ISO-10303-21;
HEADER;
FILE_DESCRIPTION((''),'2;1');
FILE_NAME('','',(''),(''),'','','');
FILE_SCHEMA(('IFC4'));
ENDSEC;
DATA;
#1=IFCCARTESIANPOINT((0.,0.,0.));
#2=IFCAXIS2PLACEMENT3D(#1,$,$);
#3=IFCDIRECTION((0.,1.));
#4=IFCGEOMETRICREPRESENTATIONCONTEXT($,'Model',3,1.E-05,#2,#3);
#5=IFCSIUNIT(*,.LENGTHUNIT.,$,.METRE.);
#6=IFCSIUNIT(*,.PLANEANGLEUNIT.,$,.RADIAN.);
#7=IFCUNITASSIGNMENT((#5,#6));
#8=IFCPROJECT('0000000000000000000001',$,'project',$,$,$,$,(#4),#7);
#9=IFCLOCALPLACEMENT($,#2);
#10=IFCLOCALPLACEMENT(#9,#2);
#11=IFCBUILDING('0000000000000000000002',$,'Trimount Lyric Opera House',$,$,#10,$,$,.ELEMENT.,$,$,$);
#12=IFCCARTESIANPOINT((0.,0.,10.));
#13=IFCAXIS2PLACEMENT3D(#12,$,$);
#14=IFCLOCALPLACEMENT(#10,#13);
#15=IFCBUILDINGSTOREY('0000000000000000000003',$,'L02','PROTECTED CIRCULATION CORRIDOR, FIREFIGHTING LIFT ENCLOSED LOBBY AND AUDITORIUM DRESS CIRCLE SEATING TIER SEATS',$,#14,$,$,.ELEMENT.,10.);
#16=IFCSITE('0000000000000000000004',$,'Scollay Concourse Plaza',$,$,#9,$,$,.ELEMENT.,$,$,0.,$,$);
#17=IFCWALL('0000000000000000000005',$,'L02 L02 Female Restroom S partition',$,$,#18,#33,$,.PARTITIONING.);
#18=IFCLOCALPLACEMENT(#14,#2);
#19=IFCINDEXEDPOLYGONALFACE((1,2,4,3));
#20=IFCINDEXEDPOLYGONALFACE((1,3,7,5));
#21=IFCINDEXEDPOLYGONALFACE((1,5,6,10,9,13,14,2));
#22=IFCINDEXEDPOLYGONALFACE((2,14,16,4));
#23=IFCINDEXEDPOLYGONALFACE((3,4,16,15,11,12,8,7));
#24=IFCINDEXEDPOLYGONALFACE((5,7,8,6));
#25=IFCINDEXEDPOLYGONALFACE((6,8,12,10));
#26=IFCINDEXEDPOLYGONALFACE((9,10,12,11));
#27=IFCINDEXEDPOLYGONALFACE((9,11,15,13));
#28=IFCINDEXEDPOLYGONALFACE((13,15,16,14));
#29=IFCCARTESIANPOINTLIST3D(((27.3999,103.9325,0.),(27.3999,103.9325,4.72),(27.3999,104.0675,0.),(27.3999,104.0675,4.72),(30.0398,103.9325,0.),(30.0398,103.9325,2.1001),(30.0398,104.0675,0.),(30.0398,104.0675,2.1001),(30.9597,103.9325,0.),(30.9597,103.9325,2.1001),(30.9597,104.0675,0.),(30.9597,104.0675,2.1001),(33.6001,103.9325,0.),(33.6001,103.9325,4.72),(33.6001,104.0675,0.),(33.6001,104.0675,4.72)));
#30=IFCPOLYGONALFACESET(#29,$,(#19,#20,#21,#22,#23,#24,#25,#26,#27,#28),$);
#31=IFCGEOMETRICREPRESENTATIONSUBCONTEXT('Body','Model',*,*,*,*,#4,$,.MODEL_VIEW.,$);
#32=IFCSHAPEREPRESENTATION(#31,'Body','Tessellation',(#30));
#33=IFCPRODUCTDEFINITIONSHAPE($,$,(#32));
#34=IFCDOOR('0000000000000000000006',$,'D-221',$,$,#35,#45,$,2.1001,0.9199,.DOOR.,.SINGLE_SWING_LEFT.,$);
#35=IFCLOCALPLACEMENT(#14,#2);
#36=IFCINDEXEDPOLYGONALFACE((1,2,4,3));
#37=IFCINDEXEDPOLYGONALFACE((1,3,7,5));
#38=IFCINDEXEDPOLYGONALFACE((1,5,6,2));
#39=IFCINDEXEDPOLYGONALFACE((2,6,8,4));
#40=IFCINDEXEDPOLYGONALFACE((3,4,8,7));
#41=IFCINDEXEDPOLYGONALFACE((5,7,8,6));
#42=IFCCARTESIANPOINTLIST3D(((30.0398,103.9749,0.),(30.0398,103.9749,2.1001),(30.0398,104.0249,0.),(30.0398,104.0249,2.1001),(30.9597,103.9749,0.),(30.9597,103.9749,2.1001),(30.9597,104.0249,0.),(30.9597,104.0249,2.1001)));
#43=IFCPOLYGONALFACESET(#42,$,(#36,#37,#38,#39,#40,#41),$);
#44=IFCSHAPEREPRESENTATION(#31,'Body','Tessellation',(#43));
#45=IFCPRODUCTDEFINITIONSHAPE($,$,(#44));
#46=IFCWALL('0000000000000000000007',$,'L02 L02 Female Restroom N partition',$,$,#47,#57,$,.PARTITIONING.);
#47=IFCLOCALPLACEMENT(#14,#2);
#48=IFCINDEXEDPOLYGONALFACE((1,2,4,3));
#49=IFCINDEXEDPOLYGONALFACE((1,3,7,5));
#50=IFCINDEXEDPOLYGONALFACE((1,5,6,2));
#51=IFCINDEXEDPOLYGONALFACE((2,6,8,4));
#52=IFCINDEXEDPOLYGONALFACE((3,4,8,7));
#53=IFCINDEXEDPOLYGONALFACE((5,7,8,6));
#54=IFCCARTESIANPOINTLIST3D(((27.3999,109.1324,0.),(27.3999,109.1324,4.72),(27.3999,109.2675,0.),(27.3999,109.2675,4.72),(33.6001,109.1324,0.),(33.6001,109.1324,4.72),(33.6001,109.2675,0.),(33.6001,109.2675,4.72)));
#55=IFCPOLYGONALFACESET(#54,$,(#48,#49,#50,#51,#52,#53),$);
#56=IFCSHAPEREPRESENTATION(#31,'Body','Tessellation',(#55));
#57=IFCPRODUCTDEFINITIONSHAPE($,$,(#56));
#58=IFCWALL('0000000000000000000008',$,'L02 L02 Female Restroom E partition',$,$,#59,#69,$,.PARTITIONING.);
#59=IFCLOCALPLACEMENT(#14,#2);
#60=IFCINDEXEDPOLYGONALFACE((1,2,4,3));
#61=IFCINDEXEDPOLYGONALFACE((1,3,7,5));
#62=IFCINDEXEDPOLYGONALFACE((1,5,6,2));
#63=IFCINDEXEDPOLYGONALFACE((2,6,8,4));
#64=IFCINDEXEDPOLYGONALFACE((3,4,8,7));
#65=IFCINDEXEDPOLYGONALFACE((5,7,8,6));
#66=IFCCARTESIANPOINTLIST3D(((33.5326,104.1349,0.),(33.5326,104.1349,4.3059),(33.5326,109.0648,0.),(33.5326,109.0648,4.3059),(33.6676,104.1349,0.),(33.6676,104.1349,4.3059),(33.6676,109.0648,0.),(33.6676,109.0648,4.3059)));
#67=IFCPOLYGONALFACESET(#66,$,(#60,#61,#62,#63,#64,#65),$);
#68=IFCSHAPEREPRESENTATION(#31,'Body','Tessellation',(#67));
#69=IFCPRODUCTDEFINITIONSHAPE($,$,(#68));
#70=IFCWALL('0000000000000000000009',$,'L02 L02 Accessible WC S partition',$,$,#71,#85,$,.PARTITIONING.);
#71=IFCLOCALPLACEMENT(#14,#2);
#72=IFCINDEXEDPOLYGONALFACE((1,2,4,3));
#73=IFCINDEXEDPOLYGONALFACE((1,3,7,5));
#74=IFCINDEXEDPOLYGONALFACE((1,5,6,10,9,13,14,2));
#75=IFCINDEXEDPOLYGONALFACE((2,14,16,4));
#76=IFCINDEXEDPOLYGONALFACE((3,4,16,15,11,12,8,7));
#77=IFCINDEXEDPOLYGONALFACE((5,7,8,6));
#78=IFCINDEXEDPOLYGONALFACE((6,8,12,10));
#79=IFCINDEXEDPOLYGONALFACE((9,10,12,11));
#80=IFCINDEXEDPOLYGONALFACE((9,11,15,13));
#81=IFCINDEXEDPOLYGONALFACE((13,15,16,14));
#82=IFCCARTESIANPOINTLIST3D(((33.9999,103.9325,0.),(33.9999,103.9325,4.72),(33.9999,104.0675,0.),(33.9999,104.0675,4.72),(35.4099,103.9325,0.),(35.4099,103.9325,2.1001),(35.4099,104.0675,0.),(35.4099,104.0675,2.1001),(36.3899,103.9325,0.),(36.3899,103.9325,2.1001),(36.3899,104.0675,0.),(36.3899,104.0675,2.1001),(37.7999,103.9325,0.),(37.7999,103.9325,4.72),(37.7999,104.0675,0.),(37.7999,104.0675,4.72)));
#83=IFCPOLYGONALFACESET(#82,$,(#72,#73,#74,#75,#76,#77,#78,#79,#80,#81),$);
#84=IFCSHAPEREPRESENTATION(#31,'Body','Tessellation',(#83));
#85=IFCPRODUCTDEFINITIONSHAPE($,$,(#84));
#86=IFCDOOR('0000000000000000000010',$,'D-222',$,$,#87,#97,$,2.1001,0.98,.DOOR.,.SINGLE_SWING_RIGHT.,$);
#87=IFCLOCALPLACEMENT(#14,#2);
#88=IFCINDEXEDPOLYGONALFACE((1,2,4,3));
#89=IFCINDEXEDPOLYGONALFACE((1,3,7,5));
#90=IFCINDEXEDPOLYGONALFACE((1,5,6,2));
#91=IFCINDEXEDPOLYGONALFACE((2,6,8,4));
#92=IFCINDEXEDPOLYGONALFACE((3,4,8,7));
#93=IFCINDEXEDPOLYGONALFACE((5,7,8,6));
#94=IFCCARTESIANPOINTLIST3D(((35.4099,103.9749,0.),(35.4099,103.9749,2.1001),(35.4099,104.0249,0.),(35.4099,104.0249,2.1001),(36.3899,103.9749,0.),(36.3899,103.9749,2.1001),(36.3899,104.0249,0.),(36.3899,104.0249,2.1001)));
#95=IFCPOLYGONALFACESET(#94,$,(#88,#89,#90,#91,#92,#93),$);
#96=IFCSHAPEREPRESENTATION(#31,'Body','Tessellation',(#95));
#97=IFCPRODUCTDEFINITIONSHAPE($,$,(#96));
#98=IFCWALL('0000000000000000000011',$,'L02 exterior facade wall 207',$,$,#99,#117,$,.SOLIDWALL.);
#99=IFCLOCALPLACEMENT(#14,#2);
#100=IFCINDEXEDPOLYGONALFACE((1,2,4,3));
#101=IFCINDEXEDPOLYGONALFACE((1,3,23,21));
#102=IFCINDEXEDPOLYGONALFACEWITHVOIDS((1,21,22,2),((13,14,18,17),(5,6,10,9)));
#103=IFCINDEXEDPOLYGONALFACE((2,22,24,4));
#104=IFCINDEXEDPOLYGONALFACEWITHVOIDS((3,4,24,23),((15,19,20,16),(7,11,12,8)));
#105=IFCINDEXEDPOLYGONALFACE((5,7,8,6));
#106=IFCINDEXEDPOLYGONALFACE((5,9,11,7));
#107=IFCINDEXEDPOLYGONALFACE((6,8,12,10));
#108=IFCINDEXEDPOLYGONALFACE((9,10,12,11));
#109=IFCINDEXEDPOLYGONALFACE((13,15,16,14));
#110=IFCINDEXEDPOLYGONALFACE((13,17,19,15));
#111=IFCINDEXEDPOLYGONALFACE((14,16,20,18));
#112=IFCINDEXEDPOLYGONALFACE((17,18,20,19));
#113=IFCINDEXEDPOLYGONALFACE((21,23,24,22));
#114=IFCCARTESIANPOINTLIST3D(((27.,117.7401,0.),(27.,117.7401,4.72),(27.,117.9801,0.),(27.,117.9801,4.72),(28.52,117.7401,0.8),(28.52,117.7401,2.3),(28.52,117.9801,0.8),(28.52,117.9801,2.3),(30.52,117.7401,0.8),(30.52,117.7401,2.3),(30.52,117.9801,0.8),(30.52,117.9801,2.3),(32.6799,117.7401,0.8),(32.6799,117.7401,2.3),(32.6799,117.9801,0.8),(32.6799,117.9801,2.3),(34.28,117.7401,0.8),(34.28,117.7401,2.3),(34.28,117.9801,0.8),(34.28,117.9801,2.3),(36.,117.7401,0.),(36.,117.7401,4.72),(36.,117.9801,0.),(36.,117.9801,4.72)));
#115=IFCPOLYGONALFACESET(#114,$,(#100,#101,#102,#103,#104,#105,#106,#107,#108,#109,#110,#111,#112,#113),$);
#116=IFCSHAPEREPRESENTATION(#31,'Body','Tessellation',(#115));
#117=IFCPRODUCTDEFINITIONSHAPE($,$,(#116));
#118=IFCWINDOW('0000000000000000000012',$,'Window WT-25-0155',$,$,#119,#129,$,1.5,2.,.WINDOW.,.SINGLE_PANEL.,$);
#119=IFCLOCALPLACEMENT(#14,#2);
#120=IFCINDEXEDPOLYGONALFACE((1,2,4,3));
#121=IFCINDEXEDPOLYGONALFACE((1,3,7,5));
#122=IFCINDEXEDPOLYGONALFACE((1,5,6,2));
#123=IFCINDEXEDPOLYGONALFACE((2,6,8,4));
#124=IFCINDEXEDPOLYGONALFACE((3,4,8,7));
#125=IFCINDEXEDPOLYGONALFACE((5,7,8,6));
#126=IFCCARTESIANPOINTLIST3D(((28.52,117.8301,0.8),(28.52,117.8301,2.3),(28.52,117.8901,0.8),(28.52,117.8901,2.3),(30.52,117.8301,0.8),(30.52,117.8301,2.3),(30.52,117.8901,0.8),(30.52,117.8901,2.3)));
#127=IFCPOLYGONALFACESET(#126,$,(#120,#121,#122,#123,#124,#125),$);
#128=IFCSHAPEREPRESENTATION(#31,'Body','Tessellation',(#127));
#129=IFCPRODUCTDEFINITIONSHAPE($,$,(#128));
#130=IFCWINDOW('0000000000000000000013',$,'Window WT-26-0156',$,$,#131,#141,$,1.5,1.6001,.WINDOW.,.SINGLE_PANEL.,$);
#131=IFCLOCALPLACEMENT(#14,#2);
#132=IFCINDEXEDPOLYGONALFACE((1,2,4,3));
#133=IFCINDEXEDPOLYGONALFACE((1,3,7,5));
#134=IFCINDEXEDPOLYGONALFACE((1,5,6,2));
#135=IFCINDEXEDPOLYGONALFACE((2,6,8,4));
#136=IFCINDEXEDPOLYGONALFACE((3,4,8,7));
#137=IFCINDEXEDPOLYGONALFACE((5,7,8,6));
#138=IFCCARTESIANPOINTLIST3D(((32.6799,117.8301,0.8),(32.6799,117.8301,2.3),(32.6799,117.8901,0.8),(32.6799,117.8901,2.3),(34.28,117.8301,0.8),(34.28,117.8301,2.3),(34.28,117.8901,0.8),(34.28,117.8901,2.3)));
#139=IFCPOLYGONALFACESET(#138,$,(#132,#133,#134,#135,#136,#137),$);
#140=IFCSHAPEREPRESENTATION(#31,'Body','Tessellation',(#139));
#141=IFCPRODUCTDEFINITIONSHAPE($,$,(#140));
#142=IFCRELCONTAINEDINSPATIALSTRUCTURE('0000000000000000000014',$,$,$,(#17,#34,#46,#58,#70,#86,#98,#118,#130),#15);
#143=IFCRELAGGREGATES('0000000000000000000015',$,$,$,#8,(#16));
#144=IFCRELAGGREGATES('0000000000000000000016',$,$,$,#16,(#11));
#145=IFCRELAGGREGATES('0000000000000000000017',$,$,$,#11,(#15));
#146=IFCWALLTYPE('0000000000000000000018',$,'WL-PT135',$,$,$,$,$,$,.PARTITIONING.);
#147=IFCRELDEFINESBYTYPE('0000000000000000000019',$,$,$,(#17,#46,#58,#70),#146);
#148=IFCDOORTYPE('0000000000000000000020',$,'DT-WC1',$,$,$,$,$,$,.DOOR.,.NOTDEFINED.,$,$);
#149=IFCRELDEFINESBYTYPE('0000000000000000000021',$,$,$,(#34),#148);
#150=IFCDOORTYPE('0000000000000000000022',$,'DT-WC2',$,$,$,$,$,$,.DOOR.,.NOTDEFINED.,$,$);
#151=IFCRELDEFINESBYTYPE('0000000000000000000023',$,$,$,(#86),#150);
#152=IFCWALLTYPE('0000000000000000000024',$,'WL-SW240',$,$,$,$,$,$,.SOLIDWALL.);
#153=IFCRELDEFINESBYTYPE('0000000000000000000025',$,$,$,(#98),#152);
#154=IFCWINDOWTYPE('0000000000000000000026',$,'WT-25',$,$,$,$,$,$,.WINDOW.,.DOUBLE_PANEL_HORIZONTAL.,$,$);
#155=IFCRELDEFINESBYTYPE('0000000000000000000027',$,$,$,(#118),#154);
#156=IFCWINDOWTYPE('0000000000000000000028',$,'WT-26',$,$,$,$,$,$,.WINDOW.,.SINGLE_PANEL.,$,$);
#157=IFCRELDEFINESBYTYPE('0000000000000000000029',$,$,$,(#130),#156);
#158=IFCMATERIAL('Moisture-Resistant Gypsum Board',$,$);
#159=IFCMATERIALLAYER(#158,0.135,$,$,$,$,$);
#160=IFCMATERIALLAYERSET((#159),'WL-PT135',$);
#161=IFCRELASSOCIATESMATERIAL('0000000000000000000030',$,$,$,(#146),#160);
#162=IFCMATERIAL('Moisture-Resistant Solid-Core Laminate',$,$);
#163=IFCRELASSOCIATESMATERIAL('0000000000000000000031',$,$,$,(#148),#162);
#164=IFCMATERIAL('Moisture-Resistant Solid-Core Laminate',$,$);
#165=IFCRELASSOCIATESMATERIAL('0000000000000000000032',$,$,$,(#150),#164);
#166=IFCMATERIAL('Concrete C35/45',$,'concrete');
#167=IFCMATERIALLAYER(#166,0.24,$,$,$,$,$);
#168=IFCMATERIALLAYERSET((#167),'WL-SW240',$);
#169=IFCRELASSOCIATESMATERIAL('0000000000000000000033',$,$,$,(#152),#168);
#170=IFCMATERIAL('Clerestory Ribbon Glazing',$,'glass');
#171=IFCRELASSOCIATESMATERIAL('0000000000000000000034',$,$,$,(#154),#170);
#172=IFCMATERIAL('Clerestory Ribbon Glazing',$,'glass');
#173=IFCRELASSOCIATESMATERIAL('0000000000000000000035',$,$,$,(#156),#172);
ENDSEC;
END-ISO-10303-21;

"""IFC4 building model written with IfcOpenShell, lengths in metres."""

from ifc_helpers import new_model, si_unit, direction, frame, frame_2d, origin, place, context, subcontext, project, spatial, rectangle, extrude, material, layer, layer_set, type_object, element, fill, save


model = new_model("IFC4")

# Units and contexts
model_context = context("Model", 3, precision=1e-05, world=origin(), true_north=direction((0.0, 1.0)))
body_context = subcontext(model_context, "Body", "Model", "MODEL_VIEW")
ifc_project = project(units=[si_unit("LENGTHUNIT", "METRE"), si_unit("PLANEANGLEUNIT", "RADIAN")], contexts=[model_context])

# Site, building, storey
site_placement = place(None, origin())
site = spatial("IfcSite", under=ifc_project, at=site_placement, Name="Scollay Concourse Plaza", CompositionType="ELEMENT", RefElevation=0.0)
building_placement = place(site_placement, origin())
building = spatial("IfcBuilding", under=site, at=building_placement, Name="Trimount Lyric Opera House", CompositionType="ELEMENT")
storey_placement = place(building_placement, frame((0.0, 0.0, 10.0)))
storey = spatial("IfcBuildingStorey", under=building, at=storey_placement, Name="L02", Description="PROTECTED CIRCULATION CORRIDOR, FIREFIGHTING LIFT ENCLOSED LOBBY AND AUDITORIUM DRESS CIRCLE SEATING TIER SEATS", CompositionType="ELEMENT", Elevation=10.0)

# Wall, opening, door
ifc_material_1 = material(Name="Moisture-Resistant Gypsum Board")
ifc_layer_1 = layer(ifc_material_1, 0.135)
ifc_layer_set_1 = layer_set([ifc_layer_1], Name="WL-PT135")
wall_type_1 = type_object("IfcWallType", Name="WL-PT135", PredefinedType="PARTITIONING", material=ifc_layer_set_1)
wall_1_placement = place(storey_placement, frame((27.3999, 104.0, 0.0), z_axis=(0.0, 0.0, 1.0), x_axis=(1.0, 0.0, 0.0)))
wall_1 = element("IfcWall", 1, at=wall_1_placement, inside=storey, type_object=wall_type_1, Name="L02 L02 Female Restroom S partition", PredefinedType="PARTITIONING", context=body_context, shape_type="SweptSolid", body=[
    extrude(rectangle(XDim=6.2002, YDim=0.135, at=frame_2d((3.1001, 0.0))), origin(), (0.0, 0.0, 1.0), 4.72),
])
opening_1_placement = place(wall_1_placement, frame((2.6399, 0.0, 0.0)))
opening_1 = element("IfcOpeningElement", 2, at=opening_1_placement, cuts=wall_1, PredefinedType="OPENING", context=body_context, shape_type="SweptSolid", body=[
    extrude(rectangle(XDim=0.9199, YDim=2.1001, at=frame_2d((0.46, 1.05))), frame((0.0, 0.0776, 0.0), z_axis=(0.0, -1.0, 0.0), x_axis=(1.0, 0.0, 0.0)), (0.0, 0.0, 1.0), 0.155),
])
ifc_material_2 = material(Name="Moisture-Resistant Solid-Core Laminate")
door_type_1 = type_object("IfcDoorType", Name="DT-WC1", OperationType="NOTDEFINED", PredefinedType="DOOR", material=ifc_material_2)
door_1_placement = place(opening_1_placement, origin())
door_1 = element("IfcDoor", 3, at=door_1_placement, inside=storey, type_object=door_type_1, Name="D-221", OperationType="SINGLE_SWING_LEFT", OverallHeight=2.1001, OverallWidth=0.9199, PredefinedType="DOOR", context=body_context, shape_type="SweptSolid", body=[
    extrude(rectangle(XDim=0.9199, YDim=2.1001, at=frame_2d((0.46, 1.05))), frame((0.0, 0.0249, 0.0), z_axis=(0.0, -1.0, 0.0), x_axis=(1.0, 0.0, 0.0)), (0.0, 0.0, 1.0), 0.05),
])
fill(opening_1, door_1)

# Walls
wall_2_placement = place(storey_placement, frame((33.6001, 109.2, 0.0), z_axis=(0.0, 0.0, 1.0), x_axis=(-1.0, 0.0, 0.0)))
element("IfcWall", 4, at=wall_2_placement, inside=storey, type_object=wall_type_1, Name="L02 L02 Female Restroom N partition", PredefinedType="PARTITIONING", context=body_context, shape_type="SweptSolid", body=[
    extrude(rectangle(XDim=6.2002, YDim=0.135, at=frame_2d((3.1001, 0.0))), origin(), (0.0, 0.0, 1.0), 4.72),
])
wall_3_placement = place(storey_placement, frame((33.6001, 104.135, 0.0), z_axis=(0.0, 0.0, 1.0), x_axis=(0.0, 1.0, 0.0)))
element("IfcWall", 5, at=wall_3_placement, inside=storey, type_object=wall_type_1, Name="L02 L02 Female Restroom E partition", PredefinedType="PARTITIONING", context=body_context, shape_type="SweptSolid", body=[
    extrude(rectangle(XDim=4.9299, YDim=0.135, at=frame_2d((2.4648, 0.0))), origin(), (0.0, 0.0, 1.0), 4.3059),
])

# Wall, opening, door
wall_4_placement = place(storey_placement, frame((34.0, 104.0, 0.0), z_axis=(0.0, 0.0, 1.0), x_axis=(1.0, 0.0, 0.0)))
wall_4 = element("IfcWall", 6, at=wall_4_placement, inside=storey, type_object=wall_type_1, Name="L02 L02 Accessible WC S partition", PredefinedType="PARTITIONING", context=body_context, shape_type="SweptSolid", body=[
    extrude(rectangle(XDim=3.8, YDim=0.135, at=frame_2d((1.8999, 0.0))), origin(), (0.0, 0.0, 1.0), 4.72),
])
opening_2_placement = place(wall_4_placement, frame((1.4099, 0.0, 0.0)))
opening_2 = element("IfcOpeningElement", 7, at=opening_2_placement, cuts=wall_4, PredefinedType="OPENING", context=body_context, shape_type="SweptSolid", body=[
    extrude(rectangle(XDim=0.98, YDim=2.1001, at=frame_2d((0.49, 1.05))), frame((0.0, 0.0776, 0.0), z_axis=(0.0, -1.0, 0.0), x_axis=(1.0, 0.0, 0.0)), (0.0, 0.0, 1.0), 0.155),
])
ifc_material_3 = material(Name="Moisture-Resistant Solid-Core Laminate")
door_type_2 = type_object("IfcDoorType", Name="DT-WC2", OperationType="NOTDEFINED", PredefinedType="DOOR", material=ifc_material_3)
door_2_placement = place(opening_2_placement, origin())
door_2 = element("IfcDoor", 8, at=door_2_placement, inside=storey, type_object=door_type_2, Name="D-222", OperationType="SINGLE_SWING_RIGHT", OverallHeight=2.1001, OverallWidth=0.98, PredefinedType="DOOR", context=body_context, shape_type="SweptSolid", body=[
    extrude(rectangle(XDim=0.98, YDim=2.1001, at=frame_2d((0.49, 1.05))), frame((0.0, 0.0249, 0.0), z_axis=(0.0, -1.0, 0.0), x_axis=(1.0, 0.0, 0.0)), (0.0, 0.0, 1.0), 0.05),
])
fill(opening_2, door_2)

# Wall, openings, windows
ifc_material_4 = material(Name="Concrete C35/45", Category="concrete")
ifc_layer_2 = layer(ifc_material_4, 0.24)
ifc_layer_set_2 = layer_set([ifc_layer_2], Name="WL-SW240")
wall_type_2 = type_object("IfcWallType", Name="WL-SW240", PredefinedType="SOLIDWALL", material=ifc_layer_set_2)
wall_5_placement = place(storey_placement, frame((27.0, 117.8601, 0.0), z_axis=(0.0, 0.0, 1.0), x_axis=(1.0, 0.0, 0.0)))
wall_5 = element("IfcWall", 9, at=wall_5_placement, inside=storey, type_object=wall_type_2, Name="L02 exterior facade wall 207", PredefinedType="SOLIDWALL", context=body_context, shape_type="SweptSolid", body=[
    extrude(rectangle(XDim=9.0, YDim=0.24, at=frame_2d((4.5, 0.0))), origin(), (0.0, 0.0, 1.0), 4.72),
])
opening_3_placement = place(wall_5_placement, frame((1.52, 0.0, 0.8)))
opening_3 = element("IfcOpeningElement", 10, at=opening_3_placement, cuts=wall_5, PredefinedType="OPENING", context=body_context, shape_type="SweptSolid", body=[
    extrude(rectangle(XDim=2.0, YDim=1.5, at=frame_2d((1.0, 0.75))), frame((0.0, 0.1299, 0.0), z_axis=(0.0, -1.0, 0.0), x_axis=(1.0, 0.0, 0.0)), (0.0, 0.0, 1.0), 0.26),
])
opening_4_placement = place(wall_5_placement, frame((5.6799, 0.0, 0.8)))
opening_4 = element("IfcOpeningElement", 11, at=opening_4_placement, cuts=wall_5, PredefinedType="OPENING", context=body_context, shape_type="SweptSolid", body=[
    extrude(rectangle(XDim=1.6001, YDim=1.5, at=frame_2d((0.8, 0.75))), frame((0.0, 0.1299, 0.0), z_axis=(0.0, -1.0, 0.0), x_axis=(1.0, 0.0, 0.0)), (0.0, 0.0, 1.0), 0.26),
])
ifc_material_5 = material(Name="Clerestory Ribbon Glazing", Category="glass")
window_type_1 = type_object("IfcWindowType", Name="WT-25", PartitioningType="DOUBLE_PANEL_HORIZONTAL", PredefinedType="WINDOW", material=ifc_material_5)
window_1_placement = place(opening_3_placement, origin())
window_1 = element("IfcWindow", 12, at=window_1_placement, inside=storey, type_object=window_type_1, Name="Window WT-25-0155", OverallHeight=1.5, OverallWidth=2.0, PartitioningType="SINGLE_PANEL", PredefinedType="WINDOW", context=body_context, shape_type="SweptSolid", body=[
    extrude(rectangle(XDim=2.0, YDim=1.5, at=frame_2d((1.0, 0.75))), frame((0.0, 0.03, 0.0), z_axis=(0.0, -1.0, 0.0), x_axis=(1.0, 0.0, 0.0)), (0.0, 0.0, 1.0), 0.0601),
])
fill(opening_3, window_1)
ifc_material_6 = material(Name="Clerestory Ribbon Glazing", Category="glass")
window_type_2 = type_object("IfcWindowType", Name="WT-26", PartitioningType="SINGLE_PANEL", PredefinedType="WINDOW", material=ifc_material_6)
window_2_placement = place(opening_4_placement, origin())
window_2 = element("IfcWindow", 13, at=window_2_placement, inside=storey, type_object=window_type_2, Name="Window WT-26-0156", OverallHeight=1.5, OverallWidth=1.6001, PartitioningType="SINGLE_PANEL", PredefinedType="WINDOW", context=body_context, shape_type="SweptSolid", body=[
    extrude(rectangle(XDim=1.6001, YDim=1.5, at=frame_2d((0.8, 0.75))), frame((0.0, 0.03, 0.0), z_axis=(0.0, -1.0, 0.0), x_axis=(1.0, 0.0, 0.0)), (0.0, 0.0, 1.0), 0.0601),
])
fill(opening_4, window_2)

save(model, "model.ifc")
